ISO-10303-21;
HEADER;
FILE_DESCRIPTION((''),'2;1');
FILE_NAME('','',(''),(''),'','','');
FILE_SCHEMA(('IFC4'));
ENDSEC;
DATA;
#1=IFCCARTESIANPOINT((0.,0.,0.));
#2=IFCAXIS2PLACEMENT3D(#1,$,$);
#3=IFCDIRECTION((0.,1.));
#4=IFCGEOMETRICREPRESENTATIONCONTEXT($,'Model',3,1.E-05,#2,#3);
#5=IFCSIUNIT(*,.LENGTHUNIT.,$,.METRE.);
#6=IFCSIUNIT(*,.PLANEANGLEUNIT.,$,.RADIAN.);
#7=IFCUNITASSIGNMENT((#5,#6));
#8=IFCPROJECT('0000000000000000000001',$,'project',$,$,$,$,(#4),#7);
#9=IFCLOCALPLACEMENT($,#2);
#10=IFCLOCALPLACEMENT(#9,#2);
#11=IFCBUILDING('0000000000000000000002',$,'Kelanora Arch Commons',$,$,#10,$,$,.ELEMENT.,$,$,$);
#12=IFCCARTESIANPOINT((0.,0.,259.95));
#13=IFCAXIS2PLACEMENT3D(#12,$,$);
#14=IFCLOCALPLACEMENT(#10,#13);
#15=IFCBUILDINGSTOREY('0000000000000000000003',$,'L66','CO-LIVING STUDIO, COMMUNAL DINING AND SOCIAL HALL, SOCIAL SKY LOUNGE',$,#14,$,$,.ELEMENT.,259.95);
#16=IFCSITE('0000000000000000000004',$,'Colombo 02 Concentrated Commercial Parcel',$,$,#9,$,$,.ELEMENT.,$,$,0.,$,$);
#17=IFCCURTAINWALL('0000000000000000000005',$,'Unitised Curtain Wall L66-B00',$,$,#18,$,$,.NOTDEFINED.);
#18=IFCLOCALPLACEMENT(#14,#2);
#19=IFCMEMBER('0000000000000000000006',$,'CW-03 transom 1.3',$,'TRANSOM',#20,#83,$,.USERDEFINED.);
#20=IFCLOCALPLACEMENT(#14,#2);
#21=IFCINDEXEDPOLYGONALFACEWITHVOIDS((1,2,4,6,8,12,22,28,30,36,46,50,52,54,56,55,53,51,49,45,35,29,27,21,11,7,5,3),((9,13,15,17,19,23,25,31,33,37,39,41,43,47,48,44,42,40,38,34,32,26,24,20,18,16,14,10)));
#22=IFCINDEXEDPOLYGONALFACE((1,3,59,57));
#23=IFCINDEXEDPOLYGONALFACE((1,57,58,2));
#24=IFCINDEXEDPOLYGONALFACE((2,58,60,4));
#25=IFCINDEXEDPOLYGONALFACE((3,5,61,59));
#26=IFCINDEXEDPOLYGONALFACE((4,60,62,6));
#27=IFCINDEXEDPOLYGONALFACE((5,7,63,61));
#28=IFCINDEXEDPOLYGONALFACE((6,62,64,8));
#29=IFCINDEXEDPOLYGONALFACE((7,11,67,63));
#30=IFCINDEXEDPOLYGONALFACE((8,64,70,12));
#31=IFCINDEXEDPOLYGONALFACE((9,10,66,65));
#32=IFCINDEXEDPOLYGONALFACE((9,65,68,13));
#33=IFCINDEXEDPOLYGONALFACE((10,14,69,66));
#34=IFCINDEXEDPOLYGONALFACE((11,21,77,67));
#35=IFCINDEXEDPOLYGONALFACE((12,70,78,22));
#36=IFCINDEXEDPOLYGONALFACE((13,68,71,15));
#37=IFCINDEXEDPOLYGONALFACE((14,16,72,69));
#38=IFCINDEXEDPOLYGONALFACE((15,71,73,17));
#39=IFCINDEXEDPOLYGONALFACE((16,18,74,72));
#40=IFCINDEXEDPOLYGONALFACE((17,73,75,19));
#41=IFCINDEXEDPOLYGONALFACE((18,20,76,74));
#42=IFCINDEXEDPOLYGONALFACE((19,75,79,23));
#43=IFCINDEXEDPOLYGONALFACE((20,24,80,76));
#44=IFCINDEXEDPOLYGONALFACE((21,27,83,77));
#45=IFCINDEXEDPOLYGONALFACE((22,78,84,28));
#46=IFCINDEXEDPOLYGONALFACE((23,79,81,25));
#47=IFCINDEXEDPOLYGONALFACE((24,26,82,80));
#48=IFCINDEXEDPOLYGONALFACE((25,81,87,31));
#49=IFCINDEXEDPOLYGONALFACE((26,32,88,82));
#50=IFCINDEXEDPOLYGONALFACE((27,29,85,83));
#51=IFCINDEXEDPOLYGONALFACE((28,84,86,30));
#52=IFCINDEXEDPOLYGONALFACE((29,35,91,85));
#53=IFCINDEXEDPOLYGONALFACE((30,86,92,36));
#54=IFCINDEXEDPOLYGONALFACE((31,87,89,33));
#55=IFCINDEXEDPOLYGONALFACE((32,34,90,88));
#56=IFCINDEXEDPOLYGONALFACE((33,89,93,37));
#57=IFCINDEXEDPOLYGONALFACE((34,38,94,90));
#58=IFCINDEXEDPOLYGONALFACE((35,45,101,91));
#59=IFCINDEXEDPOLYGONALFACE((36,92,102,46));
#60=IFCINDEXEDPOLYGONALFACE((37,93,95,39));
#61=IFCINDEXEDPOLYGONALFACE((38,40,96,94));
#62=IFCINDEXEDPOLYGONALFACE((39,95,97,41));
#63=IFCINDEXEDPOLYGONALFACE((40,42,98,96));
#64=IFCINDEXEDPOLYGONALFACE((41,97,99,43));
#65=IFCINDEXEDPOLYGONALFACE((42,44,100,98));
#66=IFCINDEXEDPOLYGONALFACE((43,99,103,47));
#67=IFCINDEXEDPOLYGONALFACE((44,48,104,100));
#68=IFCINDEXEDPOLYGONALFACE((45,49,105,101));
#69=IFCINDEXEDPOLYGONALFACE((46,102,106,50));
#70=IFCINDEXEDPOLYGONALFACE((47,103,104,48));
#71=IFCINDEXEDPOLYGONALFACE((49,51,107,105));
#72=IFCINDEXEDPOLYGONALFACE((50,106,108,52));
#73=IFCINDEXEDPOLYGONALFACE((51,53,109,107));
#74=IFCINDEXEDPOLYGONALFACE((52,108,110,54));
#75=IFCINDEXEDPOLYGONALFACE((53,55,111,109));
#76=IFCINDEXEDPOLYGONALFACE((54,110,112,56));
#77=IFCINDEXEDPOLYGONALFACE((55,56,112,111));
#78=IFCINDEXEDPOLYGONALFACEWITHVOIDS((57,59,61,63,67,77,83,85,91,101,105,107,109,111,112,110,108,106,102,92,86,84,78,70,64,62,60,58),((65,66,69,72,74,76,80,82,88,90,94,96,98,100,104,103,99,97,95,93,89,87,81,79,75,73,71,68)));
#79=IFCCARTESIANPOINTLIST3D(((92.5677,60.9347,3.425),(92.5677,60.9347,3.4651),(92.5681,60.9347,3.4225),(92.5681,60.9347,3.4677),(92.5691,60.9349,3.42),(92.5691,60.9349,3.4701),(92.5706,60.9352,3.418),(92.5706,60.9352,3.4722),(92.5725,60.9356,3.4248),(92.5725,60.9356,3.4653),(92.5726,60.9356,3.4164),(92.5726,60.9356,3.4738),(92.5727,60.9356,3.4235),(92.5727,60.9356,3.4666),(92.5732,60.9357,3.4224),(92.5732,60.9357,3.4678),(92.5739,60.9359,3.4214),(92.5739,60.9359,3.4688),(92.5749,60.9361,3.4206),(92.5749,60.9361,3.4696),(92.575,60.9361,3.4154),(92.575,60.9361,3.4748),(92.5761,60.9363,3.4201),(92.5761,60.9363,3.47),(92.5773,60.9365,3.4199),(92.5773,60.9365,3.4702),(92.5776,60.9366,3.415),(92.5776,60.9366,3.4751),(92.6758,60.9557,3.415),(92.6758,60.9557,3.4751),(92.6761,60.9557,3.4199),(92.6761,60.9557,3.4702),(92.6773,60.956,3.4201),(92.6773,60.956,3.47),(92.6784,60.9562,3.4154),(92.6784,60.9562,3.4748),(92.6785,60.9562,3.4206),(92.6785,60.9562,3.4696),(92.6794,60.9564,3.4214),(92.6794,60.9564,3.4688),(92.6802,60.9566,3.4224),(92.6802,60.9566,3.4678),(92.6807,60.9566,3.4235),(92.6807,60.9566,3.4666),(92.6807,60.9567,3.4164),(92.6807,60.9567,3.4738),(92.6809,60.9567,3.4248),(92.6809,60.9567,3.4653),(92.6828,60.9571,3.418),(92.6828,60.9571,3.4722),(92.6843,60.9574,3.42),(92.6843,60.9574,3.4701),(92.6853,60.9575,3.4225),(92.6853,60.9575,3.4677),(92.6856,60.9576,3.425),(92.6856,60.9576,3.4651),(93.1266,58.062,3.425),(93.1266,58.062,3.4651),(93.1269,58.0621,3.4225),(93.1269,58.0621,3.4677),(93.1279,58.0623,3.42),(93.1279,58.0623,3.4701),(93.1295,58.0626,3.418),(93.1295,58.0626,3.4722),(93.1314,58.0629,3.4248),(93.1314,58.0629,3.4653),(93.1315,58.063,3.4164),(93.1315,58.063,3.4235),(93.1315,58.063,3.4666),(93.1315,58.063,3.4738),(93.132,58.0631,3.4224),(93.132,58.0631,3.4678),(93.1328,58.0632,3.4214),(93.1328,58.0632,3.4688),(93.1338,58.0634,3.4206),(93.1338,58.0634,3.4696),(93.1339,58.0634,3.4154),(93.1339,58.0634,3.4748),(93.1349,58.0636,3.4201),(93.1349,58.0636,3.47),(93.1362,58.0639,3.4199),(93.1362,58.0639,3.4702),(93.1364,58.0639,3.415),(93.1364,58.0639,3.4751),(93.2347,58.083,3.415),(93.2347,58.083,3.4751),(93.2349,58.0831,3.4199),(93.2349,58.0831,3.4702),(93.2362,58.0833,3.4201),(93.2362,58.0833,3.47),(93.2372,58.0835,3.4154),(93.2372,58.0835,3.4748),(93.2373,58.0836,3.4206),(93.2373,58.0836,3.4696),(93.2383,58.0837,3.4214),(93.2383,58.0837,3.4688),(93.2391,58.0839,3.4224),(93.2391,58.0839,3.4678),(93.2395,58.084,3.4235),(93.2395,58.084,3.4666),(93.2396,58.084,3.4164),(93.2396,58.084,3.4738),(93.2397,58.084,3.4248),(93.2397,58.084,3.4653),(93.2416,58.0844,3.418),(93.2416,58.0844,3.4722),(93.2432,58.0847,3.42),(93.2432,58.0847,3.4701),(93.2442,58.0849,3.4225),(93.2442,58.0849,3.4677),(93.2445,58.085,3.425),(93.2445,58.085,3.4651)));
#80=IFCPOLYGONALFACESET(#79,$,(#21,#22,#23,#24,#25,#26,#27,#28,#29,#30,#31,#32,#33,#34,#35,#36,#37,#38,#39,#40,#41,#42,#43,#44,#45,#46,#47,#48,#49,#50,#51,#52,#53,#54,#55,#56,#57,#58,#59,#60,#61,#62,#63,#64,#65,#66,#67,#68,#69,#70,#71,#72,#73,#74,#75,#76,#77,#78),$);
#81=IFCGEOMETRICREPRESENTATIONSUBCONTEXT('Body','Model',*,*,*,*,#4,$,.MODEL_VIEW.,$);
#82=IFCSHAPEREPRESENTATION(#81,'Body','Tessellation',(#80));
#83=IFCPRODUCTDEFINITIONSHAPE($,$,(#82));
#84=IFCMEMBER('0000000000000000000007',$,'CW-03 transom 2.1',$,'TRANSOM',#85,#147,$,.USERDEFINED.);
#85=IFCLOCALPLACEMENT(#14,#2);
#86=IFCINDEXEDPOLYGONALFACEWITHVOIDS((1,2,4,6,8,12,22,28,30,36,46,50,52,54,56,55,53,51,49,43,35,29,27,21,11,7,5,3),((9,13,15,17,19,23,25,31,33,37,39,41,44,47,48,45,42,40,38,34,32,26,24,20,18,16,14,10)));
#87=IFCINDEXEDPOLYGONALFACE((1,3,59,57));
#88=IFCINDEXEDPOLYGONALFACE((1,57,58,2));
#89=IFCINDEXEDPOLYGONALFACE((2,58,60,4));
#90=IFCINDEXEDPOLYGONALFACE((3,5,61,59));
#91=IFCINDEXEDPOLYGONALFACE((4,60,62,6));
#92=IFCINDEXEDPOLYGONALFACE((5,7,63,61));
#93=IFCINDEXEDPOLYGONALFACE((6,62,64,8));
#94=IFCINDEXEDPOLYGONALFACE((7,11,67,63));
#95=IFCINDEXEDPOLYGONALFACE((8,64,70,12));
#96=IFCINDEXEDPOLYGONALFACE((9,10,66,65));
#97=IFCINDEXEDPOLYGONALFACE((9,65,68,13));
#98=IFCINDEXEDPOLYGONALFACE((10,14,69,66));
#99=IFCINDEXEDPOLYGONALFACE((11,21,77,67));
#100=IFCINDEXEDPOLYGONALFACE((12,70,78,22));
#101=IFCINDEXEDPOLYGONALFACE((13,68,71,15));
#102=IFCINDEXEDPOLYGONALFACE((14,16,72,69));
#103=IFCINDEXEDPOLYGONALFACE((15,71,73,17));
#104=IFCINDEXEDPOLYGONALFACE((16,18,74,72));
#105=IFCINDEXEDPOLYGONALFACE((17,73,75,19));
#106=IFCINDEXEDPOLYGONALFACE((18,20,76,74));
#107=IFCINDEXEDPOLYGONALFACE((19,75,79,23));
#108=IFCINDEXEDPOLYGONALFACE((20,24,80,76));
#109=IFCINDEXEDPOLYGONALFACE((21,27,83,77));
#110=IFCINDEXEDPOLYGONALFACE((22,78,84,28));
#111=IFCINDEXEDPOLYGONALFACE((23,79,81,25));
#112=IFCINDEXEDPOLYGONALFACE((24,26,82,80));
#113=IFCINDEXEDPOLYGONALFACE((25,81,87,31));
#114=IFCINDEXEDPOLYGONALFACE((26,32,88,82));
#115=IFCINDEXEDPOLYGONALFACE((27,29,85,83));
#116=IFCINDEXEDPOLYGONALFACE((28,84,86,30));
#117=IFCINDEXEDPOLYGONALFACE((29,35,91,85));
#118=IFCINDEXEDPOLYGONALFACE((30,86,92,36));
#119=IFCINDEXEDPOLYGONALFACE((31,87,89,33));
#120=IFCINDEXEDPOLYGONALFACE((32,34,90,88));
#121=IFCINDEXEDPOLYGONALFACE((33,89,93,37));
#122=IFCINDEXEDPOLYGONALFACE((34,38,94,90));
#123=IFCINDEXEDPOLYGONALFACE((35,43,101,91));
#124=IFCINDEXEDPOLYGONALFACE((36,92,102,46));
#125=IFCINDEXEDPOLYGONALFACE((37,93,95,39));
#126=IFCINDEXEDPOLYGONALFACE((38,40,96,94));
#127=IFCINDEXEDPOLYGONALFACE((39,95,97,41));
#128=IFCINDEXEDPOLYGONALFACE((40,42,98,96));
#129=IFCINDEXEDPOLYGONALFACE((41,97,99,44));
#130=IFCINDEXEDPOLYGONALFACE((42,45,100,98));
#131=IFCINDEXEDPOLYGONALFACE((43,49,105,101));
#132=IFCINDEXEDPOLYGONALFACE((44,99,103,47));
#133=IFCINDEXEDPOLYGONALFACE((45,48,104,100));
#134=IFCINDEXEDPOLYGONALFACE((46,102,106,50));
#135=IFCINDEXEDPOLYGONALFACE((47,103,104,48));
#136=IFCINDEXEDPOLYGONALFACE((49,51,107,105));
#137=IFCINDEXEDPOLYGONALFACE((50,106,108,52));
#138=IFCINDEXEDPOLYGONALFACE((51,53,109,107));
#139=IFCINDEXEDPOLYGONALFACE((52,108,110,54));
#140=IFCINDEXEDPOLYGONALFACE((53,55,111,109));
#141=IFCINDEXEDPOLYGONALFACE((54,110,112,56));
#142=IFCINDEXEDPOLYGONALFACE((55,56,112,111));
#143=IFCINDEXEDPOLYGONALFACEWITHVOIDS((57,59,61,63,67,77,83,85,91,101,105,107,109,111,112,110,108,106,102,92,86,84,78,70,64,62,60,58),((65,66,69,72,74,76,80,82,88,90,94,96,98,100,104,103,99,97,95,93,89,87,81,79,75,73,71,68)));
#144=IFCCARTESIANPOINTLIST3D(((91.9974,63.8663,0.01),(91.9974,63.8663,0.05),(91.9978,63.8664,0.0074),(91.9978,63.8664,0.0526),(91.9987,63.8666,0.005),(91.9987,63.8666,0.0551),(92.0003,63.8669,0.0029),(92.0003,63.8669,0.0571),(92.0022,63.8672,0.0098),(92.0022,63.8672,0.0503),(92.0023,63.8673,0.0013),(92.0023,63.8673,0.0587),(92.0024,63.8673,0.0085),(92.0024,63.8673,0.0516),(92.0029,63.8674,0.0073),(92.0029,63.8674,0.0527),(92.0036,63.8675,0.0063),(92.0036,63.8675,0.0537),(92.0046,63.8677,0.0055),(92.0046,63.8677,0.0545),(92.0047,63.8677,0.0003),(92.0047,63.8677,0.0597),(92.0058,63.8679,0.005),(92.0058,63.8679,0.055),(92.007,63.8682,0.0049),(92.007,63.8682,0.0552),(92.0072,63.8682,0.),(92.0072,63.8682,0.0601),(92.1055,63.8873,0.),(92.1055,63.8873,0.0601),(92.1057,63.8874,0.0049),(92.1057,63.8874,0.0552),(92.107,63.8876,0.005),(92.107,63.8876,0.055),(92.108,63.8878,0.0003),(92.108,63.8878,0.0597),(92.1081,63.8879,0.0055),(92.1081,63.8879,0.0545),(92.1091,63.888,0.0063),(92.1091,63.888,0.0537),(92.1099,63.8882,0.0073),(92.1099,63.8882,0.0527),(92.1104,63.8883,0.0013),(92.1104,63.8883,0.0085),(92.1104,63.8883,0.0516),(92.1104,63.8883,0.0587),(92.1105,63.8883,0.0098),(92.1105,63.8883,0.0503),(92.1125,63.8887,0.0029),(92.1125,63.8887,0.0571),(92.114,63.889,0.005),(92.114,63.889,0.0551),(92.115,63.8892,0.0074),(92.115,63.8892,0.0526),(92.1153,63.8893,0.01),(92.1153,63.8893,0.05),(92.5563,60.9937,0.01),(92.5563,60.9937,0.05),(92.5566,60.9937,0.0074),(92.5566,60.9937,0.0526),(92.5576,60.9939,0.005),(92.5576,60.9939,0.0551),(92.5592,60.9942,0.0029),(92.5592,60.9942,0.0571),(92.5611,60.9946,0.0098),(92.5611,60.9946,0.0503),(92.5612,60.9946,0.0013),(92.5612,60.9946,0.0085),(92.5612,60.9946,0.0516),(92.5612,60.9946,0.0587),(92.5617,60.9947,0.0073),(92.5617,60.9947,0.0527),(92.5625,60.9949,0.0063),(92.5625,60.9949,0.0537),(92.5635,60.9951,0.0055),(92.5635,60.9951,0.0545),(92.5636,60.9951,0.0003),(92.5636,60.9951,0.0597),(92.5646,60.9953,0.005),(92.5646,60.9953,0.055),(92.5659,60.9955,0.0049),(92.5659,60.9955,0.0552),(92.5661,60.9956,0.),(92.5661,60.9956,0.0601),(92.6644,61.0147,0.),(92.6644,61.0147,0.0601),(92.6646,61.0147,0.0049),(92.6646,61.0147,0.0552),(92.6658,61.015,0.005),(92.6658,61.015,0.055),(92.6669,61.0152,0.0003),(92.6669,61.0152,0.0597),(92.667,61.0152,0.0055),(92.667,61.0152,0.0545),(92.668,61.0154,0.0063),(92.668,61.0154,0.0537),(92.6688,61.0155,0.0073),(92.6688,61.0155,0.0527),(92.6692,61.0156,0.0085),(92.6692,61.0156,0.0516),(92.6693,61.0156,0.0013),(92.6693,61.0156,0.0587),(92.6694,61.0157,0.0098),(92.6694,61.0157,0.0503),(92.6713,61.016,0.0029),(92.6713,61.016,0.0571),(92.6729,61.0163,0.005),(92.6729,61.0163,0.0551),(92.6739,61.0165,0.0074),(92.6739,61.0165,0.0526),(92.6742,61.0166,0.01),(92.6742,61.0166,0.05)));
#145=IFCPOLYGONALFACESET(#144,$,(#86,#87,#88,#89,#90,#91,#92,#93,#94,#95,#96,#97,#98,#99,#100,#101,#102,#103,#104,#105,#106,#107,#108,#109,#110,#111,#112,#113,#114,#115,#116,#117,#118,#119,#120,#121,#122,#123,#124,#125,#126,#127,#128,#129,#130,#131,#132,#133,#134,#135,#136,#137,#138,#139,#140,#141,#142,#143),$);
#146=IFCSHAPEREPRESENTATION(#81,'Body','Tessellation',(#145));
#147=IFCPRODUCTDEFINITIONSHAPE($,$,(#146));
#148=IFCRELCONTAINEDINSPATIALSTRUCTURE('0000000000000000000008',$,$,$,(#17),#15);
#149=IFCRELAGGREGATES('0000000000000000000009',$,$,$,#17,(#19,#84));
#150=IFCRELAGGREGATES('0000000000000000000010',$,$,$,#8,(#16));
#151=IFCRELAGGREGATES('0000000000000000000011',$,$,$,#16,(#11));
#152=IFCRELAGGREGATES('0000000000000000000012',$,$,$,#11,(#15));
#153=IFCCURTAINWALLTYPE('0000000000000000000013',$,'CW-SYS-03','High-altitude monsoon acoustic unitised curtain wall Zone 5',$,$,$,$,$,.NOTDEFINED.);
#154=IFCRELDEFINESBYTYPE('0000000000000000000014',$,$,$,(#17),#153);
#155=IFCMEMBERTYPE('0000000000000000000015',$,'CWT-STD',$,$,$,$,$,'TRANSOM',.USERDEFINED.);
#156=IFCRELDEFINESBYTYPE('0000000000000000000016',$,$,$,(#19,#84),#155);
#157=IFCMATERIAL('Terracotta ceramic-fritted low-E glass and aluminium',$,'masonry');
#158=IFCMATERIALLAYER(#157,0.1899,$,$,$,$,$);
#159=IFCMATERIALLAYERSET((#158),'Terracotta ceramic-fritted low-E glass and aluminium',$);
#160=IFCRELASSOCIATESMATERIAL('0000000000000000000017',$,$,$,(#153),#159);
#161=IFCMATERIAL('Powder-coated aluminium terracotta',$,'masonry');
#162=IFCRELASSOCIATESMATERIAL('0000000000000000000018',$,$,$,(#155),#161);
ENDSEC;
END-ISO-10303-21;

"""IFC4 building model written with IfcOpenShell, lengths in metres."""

from ifc_helpers import new_model, si_unit, direction, frame, origin, origin_2d, place, context, subcontext, project, spatial, hollow_rectangle, extrude, material, layer, layer_set, material_profile, profile_set, type_object, element, aggregate, save


model = new_model("IFC4")

# Units and contexts
model_context = context("Model", 3, precision=1e-05, world=origin(), true_north=direction((0.0, 1.0)))
body_context = subcontext(model_context, "Body", "Model", "MODEL_VIEW")
ifc_project = project(units=[si_unit("LENGTHUNIT", "METRE"), si_unit("PLANEANGLEUNIT", "RADIAN")], contexts=[model_context])

# Site, building, storey
site_placement = place(None, origin())
site = spatial("IfcSite", under=ifc_project, at=site_placement, Name="Colombo 02 Concentrated Commercial Parcel", CompositionType="ELEMENT", RefElevation=0.0)
building_placement = place(site_placement, origin())
building = spatial("IfcBuilding", under=site, at=building_placement, Name="Kelanora Arch Commons", CompositionType="ELEMENT")
storey_placement = place(building_placement, frame((0.0, 0.0, 259.95)))
storey = spatial("IfcBuildingStorey", under=building, at=storey_placement, Name="L66", Description="CO-LIVING STUDIO, COMMUNAL DINING AND SOCIAL HALL, SOCIAL SKY LOUNGE", CompositionType="ELEMENT", Elevation=259.95)

# Curtain wall, members
ifc_material_1 = material(Name="Terracotta ceramic-fritted low-E glass and aluminium", Category="masonry")
ifc_layer_1 = layer(ifc_material_1, 0.1899)
ifc_layer_set_1 = layer_set([ifc_layer_1], Name="Terracotta ceramic-fritted low-E glass and aluminium")
curtain_wall_type = type_object("IfcCurtainWallType", Name="CW-SYS-03", Description="High-altitude monsoon acoustic unitised curtain wall Zone 5", PredefinedType="NOTDEFINED", material=ifc_layer_set_1)
curtain_wall_placement = place(storey_placement, origin())
curtain_wall = element("IfcCurtainWall", 1, at=curtain_wall_placement, inside=storey, type_object=curtain_wall_type, Name="Unitised Curtain Wall L66-B00", PredefinedType="NOTDEFINED")
ifc_material_2 = material(Name="Powder-coated aluminium terracotta", Category="masonry")
ifc_material_profile_1 = material_profile(ifc_material_2, hollow_rectangle(XDim=0.1201, YDim=0.0601, WallThickness=0.0049, InnerFilletRadius=0.0049, OuterFilletRadius=0.01, at=origin_2d()), Name="CWT120x60")
ifc_profile_set_1 = profile_set([ifc_material_profile_1], Name="Powder-coated aluminium terracotta")
member_type_1 = type_object("IfcMemberType", Name="CWT-STD", ElementType="TRANSOM", PredefinedType="USERDEFINED", material=ifc_profile_set_1)
member_1_placement = place(storey_placement, frame((93.1855, 58.0735, 3.4451), z_axis=(-0.190963, 0.981597, 0.0), x_axis=(-0.981597, -0.190963, 0.0)))
member_1 = element("IfcMember", 2, at=member_1_placement, type_object=member_type_1, Name="CW-03 transom 1.3", ObjectType="TRANSOM", PredefinedType="USERDEFINED", context=body_context, shape_type="SweptSolid", body=[
    extrude(hollow_rectangle(XDim=0.1201, YDim=0.0601, WallThickness=0.0049, InnerFilletRadius=0.0049, OuterFilletRadius=0.01, at=origin_2d()), origin(), (0.0, 0.0, 1.0), 2.9265),
])
member_2_placement = place(storey_placement, frame((92.6152, 61.0051, 0.03), z_axis=(-0.190963, 0.981597, 0.0), x_axis=(-0.981597, -0.190963, 0.0)))
member_2 = element("IfcMember", 3, at=member_2_placement, type_object=member_type_1, Name="CW-03 transom 2.1", ObjectType="TRANSOM", PredefinedType="USERDEFINED", context=body_context, shape_type="SweptSolid", body=[
    extrude(hollow_rectangle(XDim=0.1201, YDim=0.0601, WallThickness=0.0049, InnerFilletRadius=0.0049, OuterFilletRadius=0.01, at=origin_2d()), origin(), (0.0, 0.0, 1.0), 2.9265),
])
aggregate(curtain_wall, [member_1, member_2])

save(model, "model.ifc")
